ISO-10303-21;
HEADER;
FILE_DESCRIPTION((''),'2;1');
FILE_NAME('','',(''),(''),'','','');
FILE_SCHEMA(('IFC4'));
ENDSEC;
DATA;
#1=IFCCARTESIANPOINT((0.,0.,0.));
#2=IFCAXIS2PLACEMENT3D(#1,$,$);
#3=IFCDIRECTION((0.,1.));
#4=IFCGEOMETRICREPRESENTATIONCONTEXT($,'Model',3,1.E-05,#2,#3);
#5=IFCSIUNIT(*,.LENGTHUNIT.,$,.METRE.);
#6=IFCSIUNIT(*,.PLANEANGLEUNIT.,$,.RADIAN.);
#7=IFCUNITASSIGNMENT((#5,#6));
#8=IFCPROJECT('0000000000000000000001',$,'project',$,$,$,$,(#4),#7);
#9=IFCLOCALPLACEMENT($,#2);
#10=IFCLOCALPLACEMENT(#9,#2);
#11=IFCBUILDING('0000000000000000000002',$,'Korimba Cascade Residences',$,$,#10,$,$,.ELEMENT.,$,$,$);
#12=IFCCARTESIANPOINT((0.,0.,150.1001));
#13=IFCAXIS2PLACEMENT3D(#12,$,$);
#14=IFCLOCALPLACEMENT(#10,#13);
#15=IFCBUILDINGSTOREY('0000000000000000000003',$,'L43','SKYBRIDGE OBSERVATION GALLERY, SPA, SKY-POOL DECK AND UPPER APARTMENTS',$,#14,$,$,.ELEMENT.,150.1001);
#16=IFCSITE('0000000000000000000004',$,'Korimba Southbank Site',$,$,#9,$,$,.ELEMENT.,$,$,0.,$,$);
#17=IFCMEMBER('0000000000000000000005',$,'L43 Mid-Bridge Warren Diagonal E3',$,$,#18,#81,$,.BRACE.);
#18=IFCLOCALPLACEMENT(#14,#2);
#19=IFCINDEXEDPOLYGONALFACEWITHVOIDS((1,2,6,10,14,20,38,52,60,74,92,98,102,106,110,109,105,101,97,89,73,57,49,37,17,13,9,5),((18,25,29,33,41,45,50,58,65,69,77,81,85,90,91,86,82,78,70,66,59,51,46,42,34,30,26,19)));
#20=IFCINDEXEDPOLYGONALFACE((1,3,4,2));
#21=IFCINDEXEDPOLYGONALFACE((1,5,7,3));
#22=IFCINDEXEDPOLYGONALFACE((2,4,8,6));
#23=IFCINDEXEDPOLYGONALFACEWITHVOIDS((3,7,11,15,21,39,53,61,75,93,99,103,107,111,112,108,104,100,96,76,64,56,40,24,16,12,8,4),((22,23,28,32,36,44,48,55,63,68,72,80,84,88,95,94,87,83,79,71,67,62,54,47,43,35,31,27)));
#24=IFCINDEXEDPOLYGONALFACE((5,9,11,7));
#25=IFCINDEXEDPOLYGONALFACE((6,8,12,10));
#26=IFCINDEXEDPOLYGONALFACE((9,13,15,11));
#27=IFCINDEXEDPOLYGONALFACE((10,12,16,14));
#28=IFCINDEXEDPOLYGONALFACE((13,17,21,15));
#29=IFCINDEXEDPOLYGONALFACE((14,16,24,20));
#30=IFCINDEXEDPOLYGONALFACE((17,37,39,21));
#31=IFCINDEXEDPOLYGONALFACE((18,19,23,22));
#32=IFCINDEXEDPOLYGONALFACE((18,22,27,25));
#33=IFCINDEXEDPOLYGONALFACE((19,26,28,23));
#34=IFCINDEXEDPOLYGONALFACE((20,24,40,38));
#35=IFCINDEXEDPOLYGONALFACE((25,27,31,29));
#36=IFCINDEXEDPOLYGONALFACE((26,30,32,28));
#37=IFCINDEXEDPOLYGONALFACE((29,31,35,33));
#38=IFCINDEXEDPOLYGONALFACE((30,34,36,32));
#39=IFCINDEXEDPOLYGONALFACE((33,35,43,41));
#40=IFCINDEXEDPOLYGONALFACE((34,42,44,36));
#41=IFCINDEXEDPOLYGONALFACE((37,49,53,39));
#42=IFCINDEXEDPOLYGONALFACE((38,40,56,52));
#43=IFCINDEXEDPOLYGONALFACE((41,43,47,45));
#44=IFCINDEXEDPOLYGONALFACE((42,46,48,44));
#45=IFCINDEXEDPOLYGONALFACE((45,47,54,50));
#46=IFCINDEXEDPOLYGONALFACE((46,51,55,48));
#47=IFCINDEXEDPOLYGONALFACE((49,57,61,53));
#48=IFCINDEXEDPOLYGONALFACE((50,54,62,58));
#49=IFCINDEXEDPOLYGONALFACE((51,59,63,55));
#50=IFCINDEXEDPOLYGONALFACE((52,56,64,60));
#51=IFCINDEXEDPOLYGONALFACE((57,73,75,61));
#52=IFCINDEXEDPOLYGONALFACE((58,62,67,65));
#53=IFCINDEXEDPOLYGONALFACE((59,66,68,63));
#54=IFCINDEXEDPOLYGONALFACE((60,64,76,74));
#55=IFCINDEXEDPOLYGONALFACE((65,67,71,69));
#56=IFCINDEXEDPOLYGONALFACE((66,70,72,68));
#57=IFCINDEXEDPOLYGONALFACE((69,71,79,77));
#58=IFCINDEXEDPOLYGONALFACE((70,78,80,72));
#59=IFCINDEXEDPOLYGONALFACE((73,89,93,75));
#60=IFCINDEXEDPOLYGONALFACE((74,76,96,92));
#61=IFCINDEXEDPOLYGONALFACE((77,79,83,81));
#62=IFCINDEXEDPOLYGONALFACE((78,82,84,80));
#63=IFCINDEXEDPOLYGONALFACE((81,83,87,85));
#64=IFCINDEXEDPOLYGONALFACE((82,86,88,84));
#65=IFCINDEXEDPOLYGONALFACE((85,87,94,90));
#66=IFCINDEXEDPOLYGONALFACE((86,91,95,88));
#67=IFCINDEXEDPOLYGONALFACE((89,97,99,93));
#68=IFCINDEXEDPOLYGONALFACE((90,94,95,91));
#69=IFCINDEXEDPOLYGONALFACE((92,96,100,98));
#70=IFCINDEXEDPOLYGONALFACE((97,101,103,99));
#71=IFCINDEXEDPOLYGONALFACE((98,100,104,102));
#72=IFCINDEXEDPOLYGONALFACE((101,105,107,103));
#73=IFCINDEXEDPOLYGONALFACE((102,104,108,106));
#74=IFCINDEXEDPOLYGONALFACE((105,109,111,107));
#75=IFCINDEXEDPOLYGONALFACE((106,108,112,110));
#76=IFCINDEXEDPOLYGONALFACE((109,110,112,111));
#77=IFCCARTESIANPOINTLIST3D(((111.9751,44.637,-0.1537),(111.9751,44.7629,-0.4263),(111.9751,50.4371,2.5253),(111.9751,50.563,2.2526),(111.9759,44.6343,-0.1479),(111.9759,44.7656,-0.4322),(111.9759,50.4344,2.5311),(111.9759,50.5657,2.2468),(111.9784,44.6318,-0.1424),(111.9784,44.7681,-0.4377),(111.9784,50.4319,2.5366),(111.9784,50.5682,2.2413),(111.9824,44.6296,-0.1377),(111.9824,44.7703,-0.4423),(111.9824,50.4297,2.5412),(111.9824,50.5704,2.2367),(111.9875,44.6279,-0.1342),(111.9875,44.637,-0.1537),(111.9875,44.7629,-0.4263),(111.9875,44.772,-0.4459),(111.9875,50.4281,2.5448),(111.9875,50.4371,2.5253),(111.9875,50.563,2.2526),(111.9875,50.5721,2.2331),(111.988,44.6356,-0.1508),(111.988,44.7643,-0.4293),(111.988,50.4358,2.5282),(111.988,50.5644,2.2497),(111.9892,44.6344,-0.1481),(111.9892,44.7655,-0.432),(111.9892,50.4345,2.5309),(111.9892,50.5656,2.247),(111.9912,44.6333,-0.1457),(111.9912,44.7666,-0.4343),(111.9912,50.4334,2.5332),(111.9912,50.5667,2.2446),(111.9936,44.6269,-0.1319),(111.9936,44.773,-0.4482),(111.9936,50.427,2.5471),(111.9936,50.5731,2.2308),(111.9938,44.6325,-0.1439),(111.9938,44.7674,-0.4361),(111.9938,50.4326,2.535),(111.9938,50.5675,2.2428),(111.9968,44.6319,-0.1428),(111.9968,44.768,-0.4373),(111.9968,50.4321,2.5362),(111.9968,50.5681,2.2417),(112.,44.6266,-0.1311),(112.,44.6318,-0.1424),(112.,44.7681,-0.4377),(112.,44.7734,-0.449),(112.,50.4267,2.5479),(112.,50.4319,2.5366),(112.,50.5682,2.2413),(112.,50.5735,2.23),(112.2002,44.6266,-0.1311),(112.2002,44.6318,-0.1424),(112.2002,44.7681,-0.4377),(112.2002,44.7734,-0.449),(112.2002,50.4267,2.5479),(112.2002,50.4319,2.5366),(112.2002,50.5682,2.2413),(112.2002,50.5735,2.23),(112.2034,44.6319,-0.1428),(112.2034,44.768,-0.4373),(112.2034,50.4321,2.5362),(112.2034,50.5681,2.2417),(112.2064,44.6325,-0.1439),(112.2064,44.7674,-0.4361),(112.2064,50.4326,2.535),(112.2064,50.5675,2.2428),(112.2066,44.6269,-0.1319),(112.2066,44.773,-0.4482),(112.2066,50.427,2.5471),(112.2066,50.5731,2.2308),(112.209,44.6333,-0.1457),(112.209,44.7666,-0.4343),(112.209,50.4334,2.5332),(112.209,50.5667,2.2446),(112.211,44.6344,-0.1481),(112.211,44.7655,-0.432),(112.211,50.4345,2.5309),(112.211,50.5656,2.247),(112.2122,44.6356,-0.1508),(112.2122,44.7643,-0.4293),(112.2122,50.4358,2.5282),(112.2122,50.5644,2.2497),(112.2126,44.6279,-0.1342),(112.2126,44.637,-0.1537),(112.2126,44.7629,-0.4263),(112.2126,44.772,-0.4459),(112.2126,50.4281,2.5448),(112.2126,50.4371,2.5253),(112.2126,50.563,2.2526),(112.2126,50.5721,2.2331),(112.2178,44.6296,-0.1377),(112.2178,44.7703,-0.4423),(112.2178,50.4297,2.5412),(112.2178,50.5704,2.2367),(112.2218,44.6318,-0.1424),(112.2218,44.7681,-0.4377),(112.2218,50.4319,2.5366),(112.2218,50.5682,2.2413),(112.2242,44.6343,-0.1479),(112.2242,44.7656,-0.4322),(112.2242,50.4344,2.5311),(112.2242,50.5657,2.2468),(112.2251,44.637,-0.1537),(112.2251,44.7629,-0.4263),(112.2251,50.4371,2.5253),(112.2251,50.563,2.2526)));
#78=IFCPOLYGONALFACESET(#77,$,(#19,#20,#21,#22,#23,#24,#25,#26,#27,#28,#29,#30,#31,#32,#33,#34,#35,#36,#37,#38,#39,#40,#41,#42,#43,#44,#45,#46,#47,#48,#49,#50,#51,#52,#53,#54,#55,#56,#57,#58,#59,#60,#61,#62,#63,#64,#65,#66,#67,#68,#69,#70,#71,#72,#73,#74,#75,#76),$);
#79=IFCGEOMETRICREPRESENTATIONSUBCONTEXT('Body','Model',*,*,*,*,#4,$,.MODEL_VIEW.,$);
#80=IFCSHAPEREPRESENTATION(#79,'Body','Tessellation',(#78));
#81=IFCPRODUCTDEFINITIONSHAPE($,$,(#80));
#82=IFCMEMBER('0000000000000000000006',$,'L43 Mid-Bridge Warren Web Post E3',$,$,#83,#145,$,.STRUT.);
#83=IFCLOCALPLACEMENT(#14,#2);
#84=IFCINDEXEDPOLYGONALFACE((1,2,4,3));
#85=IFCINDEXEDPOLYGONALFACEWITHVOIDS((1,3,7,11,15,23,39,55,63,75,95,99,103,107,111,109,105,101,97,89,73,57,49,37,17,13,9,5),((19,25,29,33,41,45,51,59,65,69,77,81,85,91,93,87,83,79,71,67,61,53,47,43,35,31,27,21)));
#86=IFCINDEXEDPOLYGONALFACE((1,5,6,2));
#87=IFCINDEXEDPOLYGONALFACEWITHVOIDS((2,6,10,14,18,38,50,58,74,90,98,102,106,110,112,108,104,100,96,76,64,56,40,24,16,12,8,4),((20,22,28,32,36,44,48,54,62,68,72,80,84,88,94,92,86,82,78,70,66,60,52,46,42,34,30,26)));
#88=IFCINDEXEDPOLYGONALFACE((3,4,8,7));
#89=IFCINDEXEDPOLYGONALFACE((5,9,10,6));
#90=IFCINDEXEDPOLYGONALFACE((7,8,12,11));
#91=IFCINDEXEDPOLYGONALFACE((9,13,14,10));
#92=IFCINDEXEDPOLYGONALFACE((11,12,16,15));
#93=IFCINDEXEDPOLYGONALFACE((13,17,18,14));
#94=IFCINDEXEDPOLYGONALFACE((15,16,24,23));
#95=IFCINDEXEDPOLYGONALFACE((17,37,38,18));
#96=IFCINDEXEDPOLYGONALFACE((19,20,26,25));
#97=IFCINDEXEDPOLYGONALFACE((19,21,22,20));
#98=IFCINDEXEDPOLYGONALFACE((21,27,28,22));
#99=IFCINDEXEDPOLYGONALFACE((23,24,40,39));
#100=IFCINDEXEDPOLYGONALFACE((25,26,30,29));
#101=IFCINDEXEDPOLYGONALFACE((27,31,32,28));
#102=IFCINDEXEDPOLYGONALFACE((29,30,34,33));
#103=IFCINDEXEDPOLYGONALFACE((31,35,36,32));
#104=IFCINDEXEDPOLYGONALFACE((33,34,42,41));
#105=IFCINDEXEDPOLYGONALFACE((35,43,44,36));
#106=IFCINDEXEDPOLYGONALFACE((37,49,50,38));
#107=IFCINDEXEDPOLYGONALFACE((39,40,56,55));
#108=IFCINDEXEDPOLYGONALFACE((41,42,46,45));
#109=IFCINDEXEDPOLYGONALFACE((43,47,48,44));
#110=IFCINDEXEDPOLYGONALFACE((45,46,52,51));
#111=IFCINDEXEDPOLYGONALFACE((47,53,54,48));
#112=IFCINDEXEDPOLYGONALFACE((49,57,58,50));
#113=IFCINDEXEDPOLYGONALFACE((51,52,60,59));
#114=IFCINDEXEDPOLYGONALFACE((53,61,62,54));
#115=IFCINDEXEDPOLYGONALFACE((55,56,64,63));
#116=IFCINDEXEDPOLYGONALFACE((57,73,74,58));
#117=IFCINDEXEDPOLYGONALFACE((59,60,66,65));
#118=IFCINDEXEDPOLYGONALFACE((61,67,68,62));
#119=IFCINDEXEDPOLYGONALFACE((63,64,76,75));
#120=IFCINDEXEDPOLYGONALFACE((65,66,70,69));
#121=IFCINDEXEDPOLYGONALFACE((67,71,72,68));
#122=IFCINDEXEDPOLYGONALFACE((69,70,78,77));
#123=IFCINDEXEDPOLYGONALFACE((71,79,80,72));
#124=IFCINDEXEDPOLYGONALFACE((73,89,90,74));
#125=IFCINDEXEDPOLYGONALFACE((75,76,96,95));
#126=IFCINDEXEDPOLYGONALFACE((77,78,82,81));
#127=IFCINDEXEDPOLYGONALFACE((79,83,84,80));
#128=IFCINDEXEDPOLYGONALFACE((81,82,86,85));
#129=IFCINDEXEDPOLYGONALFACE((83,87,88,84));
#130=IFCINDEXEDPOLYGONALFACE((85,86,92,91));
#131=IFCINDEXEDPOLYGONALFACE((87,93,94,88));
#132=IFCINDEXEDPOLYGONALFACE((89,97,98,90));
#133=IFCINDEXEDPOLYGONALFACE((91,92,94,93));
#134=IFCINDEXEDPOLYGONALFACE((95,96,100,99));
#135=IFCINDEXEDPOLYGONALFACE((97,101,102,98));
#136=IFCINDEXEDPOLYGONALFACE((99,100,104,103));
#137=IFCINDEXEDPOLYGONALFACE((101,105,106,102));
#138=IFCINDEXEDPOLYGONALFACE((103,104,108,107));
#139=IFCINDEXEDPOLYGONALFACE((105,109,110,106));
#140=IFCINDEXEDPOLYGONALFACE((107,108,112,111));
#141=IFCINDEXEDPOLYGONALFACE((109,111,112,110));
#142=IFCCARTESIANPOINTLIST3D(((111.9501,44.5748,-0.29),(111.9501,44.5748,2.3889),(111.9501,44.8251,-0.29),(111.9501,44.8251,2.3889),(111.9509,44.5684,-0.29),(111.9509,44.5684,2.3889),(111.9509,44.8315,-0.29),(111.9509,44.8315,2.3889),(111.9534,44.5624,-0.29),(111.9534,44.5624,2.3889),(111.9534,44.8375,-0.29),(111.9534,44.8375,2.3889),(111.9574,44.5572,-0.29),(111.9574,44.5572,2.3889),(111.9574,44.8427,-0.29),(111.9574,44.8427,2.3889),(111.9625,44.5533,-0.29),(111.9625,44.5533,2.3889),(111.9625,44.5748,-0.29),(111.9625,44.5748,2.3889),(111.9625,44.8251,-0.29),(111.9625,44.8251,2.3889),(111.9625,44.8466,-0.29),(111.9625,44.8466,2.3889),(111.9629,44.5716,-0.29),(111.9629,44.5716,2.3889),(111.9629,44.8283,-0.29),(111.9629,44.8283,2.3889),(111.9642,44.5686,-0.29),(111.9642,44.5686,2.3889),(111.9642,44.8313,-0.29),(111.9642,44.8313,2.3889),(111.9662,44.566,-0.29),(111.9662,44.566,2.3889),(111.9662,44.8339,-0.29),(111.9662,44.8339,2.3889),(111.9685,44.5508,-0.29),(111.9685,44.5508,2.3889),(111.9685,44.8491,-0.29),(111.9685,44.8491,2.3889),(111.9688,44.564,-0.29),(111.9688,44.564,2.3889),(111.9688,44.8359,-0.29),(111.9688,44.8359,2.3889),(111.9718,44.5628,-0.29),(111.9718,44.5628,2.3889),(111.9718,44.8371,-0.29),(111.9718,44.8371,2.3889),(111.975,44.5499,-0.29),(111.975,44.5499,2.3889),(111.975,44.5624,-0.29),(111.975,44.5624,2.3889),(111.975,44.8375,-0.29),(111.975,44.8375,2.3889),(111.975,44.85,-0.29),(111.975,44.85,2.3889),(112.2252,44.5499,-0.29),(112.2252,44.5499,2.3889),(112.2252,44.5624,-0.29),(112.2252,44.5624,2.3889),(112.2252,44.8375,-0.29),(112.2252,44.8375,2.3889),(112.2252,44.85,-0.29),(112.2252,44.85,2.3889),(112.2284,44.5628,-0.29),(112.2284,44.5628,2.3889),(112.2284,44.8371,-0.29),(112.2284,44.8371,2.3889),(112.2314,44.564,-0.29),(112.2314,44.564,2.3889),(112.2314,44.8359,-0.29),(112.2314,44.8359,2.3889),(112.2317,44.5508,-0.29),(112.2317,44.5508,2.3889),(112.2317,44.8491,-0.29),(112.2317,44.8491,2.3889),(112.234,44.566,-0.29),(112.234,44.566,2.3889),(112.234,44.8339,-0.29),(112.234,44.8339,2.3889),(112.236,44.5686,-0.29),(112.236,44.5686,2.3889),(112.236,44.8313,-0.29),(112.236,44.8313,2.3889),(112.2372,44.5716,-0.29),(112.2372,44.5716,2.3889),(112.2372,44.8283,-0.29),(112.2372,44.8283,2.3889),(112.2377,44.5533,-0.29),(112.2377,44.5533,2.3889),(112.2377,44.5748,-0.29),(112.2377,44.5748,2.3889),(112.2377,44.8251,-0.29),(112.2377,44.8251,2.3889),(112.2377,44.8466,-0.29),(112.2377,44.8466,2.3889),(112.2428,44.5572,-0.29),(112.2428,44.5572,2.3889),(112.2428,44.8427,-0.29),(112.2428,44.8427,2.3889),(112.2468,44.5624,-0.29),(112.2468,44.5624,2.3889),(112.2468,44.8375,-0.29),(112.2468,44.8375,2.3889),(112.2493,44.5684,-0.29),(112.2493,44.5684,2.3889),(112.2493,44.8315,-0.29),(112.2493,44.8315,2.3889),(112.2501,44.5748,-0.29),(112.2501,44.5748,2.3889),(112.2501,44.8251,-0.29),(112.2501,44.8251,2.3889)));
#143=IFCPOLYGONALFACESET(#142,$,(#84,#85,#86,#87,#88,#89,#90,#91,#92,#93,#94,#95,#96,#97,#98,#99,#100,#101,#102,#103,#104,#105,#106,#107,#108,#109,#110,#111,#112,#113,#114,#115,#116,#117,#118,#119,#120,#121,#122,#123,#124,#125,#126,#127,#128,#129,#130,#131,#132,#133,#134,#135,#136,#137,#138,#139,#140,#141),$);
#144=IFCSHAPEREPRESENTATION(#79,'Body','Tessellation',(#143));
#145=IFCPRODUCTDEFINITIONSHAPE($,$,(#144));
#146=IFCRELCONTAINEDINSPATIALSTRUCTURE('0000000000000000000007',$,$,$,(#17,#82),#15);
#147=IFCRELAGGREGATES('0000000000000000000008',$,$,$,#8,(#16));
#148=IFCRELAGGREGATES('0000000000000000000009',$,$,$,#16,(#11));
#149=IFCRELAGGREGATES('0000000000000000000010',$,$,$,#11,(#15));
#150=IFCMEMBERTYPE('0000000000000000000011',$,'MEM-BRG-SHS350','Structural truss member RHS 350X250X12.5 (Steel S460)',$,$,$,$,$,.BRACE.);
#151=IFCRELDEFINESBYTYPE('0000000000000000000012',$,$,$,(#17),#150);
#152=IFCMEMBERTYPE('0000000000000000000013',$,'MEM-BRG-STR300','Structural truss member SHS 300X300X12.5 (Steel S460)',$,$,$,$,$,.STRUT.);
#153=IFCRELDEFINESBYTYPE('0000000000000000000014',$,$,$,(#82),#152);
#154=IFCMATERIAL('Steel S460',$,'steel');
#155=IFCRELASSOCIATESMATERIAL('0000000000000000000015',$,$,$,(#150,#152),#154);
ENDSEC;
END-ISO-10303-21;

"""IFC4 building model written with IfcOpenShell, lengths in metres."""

from ifc_helpers import new_model, si_unit, direction, frame, origin, origin_2d, place, context, subcontext, project, spatial, hollow_rectangle, extrude, material, material_profile, profile_set, type_object, element, save


model = new_model("IFC4")

# Units and contexts
model_context = context("Model", 3, precision=1e-05, world=origin(), true_north=direction((0.0, 1.0)))
body_context = subcontext(model_context, "Body", "Model", "MODEL_VIEW")
ifc_project = project(units=[si_unit("LENGTHUNIT", "METRE"), si_unit("PLANEANGLEUNIT", "RADIAN")], contexts=[model_context])

# Site, building, storey
site_placement = place(None, origin())
site = spatial("IfcSite", under=ifc_project, at=site_placement, Name="Korimba Southbank Site", CompositionType="ELEMENT", RefElevation=0.0)
building_placement = place(site_placement, origin())
building = spatial("IfcBuilding", under=site, at=building_placement, Name="Korimba Cascade Residences", CompositionType="ELEMENT")
storey_placement = place(building_placement, frame((0.0, 0.0, 150.1001)))
storey = spatial("IfcBuildingStorey", under=building, at=storey_placement, Name="L43", Description="SKYBRIDGE OBSERVATION GALLERY, SPA, SKY-POOL DECK AND UPPER APARTMENTS", CompositionType="ELEMENT", Elevation=150.1001)

# Members
ifc_material_1 = material(Name="Steel S460", Category="steel")
ifc_material_profile_1 = material_profile(ifc_material_1, hollow_rectangle(XDim=0.25, YDim=0.3501, WallThickness=0.0125, InnerFilletRadius=0.0125, OuterFilletRadius=0.0249, at=origin_2d()), Name="Steel S460")
ifc_profile_set_1 = profile_set([ifc_material_profile_1], Name="Steel S460")
member_type_1 = type_object("IfcMemberType", Name="MEM-BRG-SHS350", Description="Structural truss member RHS 350X250X12.5 (Steel S460)", PredefinedType="BRACE", material=ifc_profile_set_1)
member_1_placement = place(storey_placement, frame((112.1001, 44.7, -0.29), z_axis=(0.0, 0.90784, 0.419317), x_axis=(-1.0, 0.0, 0.0)))
element("IfcMember", 1, at=member_1_placement, inside=storey, type_object=member_type_1, Name="L43 Mid-Bridge Warren Diagonal E3", PredefinedType="BRACE", context=body_context, shape_type="SweptSolid", body=[
    extrude(hollow_rectangle(XDim=0.25, YDim=0.3501, WallThickness=0.0125, InnerFilletRadius=0.0125, OuterFilletRadius=0.0249, at=origin_2d()), origin(), (0.0, 0.0, 1.0), 6.3889),
])
ifc_material_profile_2 = material_profile(ifc_material_1, hollow_rectangle(XDim=0.3, YDim=0.3, WallThickness=0.0125, InnerFilletRadius=0.0125, OuterFilletRadius=0.0249, at=origin_2d()), Name="Steel S460")
ifc_profile_set_2 = profile_set([ifc_material_profile_2], Name="Steel S460")
member_type_2 = type_object("IfcMemberType", Name="MEM-BRG-STR300", Description="Structural truss member SHS 300X300X12.5 (Steel S460)", PredefinedType="STRUT", material=ifc_profile_set_2)
for number, where, z_axis, x_axis, name in (
    (2, (112.1001, 44.7, -0.29), (0.0, 0.0, 1.0), (1.0, 0.0, 0.0), "L43 Mid-Bridge Warren Web Post E3"),
):
    element("IfcMember", number, at=place(storey_placement, frame(where, z_axis=z_axis, x_axis=x_axis)), inside=storey, type_object=member_type_2, Name=name, PredefinedType="STRUT", context=body_context, shape_type="SweptSolid", body=[
        extrude(hollow_rectangle(XDim=0.3, YDim=0.3, WallThickness=0.0125, InnerFilletRadius=0.0125, OuterFilletRadius=0.0249, at=origin_2d()), origin(), (0.0, 0.0, 1.0), 2.679),
    ])

save(model, "model.ifc")
